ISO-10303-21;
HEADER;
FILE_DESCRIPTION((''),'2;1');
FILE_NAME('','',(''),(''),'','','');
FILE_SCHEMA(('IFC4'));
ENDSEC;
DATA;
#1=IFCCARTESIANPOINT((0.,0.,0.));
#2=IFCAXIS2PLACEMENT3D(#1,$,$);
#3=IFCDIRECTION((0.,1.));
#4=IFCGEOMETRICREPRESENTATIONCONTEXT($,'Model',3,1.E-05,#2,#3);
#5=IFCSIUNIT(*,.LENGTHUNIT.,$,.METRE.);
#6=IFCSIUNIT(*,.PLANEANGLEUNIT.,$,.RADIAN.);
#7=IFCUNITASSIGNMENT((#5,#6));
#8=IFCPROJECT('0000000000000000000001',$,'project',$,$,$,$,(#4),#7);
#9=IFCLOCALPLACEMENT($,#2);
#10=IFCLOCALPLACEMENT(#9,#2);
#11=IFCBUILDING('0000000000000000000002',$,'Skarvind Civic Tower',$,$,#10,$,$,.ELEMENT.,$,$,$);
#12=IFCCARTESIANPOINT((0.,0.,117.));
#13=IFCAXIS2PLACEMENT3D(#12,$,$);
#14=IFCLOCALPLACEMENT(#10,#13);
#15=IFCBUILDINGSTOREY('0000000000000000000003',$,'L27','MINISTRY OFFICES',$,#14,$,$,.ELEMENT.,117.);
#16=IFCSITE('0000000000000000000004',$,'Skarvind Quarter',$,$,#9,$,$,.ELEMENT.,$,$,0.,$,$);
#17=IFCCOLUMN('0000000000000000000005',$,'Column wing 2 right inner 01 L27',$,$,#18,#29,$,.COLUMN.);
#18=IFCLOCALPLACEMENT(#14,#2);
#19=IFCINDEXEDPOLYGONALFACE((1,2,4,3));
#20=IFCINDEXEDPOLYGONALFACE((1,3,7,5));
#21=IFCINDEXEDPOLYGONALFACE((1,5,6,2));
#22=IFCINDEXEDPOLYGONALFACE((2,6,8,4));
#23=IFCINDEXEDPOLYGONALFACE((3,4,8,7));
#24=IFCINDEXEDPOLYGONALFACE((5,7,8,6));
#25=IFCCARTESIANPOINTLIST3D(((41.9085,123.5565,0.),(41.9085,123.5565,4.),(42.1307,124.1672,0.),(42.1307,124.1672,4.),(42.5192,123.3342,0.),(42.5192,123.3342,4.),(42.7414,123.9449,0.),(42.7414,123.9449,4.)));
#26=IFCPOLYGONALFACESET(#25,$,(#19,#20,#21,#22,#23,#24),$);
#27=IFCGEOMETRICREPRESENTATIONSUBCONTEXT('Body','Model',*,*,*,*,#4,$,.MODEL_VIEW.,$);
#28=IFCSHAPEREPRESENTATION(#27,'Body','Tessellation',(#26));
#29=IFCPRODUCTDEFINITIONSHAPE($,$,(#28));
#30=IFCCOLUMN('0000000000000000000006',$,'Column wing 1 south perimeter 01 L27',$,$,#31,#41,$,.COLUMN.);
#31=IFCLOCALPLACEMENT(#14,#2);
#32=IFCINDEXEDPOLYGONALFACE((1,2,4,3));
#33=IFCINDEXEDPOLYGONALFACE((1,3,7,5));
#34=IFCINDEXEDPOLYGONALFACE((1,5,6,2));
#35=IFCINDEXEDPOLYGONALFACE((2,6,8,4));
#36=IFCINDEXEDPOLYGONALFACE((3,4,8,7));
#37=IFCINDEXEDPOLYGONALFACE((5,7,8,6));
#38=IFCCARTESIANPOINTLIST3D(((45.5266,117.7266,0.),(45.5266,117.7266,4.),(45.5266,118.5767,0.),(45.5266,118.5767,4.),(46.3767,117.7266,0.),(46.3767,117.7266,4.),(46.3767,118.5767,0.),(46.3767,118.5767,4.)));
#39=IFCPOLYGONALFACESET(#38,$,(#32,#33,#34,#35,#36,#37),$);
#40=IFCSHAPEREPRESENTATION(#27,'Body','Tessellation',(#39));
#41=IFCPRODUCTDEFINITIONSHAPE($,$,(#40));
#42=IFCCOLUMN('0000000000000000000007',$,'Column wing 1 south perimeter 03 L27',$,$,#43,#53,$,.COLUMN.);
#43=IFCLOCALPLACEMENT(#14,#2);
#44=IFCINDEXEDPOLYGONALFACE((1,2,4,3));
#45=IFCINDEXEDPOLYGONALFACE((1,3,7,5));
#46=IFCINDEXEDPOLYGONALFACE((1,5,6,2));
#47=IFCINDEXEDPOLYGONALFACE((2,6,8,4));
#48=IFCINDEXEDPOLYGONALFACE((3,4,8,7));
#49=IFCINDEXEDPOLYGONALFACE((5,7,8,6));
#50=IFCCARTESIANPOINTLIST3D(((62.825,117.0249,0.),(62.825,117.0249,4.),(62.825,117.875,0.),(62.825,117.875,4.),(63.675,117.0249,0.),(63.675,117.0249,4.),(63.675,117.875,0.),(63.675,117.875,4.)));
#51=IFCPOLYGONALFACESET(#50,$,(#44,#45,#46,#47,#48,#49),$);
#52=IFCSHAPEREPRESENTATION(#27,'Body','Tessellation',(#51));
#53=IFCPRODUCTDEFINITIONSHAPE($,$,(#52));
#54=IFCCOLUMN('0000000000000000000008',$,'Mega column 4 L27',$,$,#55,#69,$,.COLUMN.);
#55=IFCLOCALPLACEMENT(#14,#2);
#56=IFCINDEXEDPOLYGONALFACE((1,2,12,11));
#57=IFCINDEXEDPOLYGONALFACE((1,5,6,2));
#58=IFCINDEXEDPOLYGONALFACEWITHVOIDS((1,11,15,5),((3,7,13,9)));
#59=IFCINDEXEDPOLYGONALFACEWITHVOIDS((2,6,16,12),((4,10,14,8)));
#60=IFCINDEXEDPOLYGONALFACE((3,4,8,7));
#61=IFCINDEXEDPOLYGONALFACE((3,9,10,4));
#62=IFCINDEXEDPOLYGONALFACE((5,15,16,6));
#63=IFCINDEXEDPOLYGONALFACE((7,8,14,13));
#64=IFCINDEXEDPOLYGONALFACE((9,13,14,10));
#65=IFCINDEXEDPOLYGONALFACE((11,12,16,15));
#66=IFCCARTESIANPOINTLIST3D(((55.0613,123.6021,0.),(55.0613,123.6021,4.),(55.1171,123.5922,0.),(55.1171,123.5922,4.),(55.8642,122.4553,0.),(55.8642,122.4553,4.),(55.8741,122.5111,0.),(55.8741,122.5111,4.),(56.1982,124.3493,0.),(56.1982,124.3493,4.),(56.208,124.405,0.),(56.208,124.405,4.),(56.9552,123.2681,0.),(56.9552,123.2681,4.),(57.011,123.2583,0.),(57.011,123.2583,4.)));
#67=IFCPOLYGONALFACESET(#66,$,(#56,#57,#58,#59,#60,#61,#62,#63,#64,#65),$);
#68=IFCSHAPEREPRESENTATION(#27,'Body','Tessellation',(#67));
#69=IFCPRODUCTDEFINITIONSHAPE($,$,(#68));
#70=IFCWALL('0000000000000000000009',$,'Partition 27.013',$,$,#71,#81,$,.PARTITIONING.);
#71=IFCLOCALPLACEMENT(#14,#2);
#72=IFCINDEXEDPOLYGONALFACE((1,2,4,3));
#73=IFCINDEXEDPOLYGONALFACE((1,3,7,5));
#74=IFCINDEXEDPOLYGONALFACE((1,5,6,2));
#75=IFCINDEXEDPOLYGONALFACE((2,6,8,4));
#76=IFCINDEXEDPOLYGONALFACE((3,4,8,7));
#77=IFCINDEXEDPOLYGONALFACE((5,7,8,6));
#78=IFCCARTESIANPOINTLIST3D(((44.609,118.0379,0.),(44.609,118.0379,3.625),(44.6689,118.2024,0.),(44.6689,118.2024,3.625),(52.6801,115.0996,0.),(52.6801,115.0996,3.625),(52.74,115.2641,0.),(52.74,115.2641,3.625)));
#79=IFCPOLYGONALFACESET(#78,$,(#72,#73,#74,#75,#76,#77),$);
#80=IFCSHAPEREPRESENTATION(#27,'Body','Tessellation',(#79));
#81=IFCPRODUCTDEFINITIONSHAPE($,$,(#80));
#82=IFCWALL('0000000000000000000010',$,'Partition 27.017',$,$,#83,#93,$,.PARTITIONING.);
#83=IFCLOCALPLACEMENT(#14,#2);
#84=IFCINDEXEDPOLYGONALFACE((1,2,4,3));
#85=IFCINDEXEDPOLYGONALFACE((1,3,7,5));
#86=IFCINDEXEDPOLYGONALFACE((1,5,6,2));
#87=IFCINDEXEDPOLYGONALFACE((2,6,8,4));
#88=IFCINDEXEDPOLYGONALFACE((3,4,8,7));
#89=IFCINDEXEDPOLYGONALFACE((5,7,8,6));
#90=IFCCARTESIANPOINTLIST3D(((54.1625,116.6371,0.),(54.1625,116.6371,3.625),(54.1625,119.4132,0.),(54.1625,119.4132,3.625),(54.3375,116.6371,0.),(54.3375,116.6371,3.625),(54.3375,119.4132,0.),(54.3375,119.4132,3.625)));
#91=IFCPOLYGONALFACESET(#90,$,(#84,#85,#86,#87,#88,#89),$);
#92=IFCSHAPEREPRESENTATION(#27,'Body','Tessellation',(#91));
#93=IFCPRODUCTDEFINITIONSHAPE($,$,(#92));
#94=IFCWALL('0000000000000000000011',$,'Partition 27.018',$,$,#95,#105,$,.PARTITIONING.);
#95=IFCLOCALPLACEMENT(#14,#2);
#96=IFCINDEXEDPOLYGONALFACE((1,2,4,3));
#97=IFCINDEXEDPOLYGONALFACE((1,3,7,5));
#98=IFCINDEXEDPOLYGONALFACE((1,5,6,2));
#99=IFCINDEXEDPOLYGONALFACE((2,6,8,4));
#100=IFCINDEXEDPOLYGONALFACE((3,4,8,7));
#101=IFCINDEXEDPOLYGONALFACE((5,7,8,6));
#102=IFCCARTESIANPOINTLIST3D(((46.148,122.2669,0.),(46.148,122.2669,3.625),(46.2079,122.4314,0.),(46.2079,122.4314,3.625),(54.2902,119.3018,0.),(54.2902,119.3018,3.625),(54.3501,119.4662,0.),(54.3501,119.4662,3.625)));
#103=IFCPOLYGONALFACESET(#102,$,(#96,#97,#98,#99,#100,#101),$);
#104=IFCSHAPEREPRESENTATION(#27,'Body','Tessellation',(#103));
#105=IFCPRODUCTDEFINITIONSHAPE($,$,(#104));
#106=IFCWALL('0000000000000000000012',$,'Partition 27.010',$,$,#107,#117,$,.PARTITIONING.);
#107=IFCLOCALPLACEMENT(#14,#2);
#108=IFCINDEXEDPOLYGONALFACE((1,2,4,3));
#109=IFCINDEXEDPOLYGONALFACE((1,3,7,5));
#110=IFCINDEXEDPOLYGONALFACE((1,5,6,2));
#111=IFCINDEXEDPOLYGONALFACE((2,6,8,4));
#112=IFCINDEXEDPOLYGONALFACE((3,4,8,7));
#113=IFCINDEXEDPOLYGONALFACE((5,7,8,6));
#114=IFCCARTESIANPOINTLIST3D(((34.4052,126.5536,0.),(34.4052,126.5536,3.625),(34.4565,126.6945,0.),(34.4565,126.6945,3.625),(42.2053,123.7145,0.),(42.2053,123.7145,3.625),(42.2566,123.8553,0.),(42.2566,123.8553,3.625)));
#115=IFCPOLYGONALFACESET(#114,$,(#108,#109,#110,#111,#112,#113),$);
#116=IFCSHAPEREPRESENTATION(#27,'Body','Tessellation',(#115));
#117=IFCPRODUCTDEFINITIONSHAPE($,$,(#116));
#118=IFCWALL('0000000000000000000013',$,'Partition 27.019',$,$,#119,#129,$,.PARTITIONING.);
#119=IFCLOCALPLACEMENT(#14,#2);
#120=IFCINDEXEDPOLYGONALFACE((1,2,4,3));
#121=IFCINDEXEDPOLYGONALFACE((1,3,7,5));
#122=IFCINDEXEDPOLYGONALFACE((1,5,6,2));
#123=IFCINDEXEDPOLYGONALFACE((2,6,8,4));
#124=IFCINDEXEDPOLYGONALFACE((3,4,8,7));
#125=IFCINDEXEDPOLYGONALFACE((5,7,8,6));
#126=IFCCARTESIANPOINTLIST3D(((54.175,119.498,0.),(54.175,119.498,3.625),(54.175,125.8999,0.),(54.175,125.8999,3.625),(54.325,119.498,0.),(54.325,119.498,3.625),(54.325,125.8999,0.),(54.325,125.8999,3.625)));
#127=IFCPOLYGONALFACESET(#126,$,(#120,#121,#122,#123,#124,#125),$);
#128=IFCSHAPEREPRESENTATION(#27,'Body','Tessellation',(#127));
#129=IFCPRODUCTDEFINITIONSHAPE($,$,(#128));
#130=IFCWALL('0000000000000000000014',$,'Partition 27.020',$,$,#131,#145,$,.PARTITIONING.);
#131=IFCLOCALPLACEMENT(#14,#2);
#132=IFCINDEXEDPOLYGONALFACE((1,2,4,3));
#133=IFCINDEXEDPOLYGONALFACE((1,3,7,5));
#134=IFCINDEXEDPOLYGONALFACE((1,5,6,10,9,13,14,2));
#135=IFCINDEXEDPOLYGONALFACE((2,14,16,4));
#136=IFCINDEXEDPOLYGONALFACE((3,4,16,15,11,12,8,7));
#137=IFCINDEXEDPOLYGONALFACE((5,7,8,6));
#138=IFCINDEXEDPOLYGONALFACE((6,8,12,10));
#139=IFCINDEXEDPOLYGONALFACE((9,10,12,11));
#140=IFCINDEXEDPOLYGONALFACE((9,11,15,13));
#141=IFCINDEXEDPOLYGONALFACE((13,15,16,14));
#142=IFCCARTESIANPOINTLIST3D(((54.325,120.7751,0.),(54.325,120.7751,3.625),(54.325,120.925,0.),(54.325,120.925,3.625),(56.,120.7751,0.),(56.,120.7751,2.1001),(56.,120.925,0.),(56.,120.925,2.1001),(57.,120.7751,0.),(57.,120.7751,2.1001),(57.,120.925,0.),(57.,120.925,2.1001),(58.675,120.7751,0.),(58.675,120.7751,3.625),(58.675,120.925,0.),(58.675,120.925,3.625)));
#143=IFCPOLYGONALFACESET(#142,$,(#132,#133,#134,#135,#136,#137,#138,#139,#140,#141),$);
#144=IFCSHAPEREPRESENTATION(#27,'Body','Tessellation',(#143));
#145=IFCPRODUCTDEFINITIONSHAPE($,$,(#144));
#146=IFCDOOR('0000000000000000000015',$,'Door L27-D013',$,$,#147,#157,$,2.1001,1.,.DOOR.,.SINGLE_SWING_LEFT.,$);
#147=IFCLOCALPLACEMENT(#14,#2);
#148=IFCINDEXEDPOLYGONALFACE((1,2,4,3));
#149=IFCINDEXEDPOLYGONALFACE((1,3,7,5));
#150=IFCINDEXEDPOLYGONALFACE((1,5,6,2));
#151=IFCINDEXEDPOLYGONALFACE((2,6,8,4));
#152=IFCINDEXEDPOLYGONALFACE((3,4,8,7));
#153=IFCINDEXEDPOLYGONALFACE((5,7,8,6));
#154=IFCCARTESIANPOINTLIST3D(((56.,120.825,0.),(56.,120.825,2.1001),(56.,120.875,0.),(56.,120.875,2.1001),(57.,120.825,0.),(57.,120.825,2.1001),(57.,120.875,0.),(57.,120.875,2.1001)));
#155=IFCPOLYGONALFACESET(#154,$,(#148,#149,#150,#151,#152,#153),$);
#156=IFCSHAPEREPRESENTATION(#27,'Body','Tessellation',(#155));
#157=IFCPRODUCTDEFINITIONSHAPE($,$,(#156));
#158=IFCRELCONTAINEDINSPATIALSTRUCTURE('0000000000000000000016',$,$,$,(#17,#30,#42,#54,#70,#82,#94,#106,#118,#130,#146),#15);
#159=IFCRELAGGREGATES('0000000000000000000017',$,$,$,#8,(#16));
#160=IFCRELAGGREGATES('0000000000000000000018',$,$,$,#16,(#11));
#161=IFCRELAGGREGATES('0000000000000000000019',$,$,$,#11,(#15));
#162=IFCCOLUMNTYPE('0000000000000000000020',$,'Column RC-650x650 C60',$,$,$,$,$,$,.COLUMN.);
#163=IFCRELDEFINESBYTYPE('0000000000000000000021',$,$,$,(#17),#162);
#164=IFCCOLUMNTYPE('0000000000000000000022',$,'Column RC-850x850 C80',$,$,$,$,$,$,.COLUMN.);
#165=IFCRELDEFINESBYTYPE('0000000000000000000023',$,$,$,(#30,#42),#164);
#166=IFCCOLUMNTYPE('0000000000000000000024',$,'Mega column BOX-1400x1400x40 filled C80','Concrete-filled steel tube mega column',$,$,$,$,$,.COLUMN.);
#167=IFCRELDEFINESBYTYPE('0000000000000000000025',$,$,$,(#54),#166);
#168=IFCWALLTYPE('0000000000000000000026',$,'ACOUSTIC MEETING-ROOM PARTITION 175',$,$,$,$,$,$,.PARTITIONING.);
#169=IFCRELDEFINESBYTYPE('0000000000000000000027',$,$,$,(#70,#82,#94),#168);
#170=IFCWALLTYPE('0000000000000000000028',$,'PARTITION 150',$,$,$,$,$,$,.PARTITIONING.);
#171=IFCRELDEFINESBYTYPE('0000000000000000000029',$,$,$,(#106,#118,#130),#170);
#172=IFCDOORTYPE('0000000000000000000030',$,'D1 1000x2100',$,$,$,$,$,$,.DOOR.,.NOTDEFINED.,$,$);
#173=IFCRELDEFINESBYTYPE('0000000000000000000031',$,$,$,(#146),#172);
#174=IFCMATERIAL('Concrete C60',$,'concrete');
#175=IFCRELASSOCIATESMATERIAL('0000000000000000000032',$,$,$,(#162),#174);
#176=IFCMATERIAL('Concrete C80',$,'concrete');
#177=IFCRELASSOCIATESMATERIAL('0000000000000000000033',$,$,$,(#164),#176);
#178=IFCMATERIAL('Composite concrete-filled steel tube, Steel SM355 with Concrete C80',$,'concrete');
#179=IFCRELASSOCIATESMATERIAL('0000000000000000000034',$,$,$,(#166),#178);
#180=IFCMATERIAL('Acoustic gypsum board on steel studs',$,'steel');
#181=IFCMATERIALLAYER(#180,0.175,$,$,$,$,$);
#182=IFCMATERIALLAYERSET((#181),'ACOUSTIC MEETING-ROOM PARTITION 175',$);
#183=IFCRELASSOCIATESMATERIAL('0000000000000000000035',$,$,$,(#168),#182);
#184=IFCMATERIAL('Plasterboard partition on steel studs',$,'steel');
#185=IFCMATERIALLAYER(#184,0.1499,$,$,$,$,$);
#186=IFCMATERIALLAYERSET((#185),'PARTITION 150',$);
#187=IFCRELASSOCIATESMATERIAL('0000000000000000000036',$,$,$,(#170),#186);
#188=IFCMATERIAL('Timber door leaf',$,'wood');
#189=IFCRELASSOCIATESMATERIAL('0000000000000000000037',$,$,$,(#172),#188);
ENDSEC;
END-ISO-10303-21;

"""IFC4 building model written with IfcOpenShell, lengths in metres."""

from ifc_helpers import new_model, si_unit, direction, frame, frame_2d, origin, origin_2d, place, context, subcontext, project, spatial, rectangle, hollow_rectangle, extrude, material, layer, layer_set, material_profile, profile_set, type_object, element, fill, save


model = new_model("IFC4")

# Units and contexts
model_context = context("Model", 3, precision=1e-05, world=origin(), true_north=direction((0.0, 1.0)))
body_context = subcontext(model_context, "Body", "Model", "MODEL_VIEW")
ifc_project = project(units=[si_unit("LENGTHUNIT", "METRE"), si_unit("PLANEANGLEUNIT", "RADIAN")], contexts=[model_context])

# Site, building, storey
site_placement = place(None, origin())
site = spatial("IfcSite", under=ifc_project, at=site_placement, Name="Skarvind Quarter", CompositionType="ELEMENT", RefElevation=0.0)
building_placement = place(site_placement, origin())
building = spatial("IfcBuilding", under=site, at=building_placement, Name="Skarvind Civic Tower", CompositionType="ELEMENT")
storey_placement = place(building_placement, frame((0.0, 0.0, 117.0)))
storey = spatial("IfcBuildingStorey", under=building, at=storey_placement, Name="L27", Description="MINISTRY OFFICES", CompositionType="ELEMENT", Elevation=117.0)

# Columns
ifc_material_1 = material(Name="Concrete C60", Category="concrete")
ifc_material_profile_1 = material_profile(ifc_material_1, rectangle(XDim=0.6499, YDim=0.6499, at=origin_2d()), Name="RC-650x650")
ifc_profile_set_1 = profile_set([ifc_material_profile_1], Name="Concrete C60")
column_type_1 = type_object("IfcColumnType", Name="Column RC-650x650 C60", PredefinedType="COLUMN", material=ifc_profile_set_1)
column_1_placement = place(storey_placement, frame((42.325, 123.7507, 0.0), z_axis=(0.0, 0.0, 1.0), x_axis=(-0.34202, -0.939693, 0.0)))
element("IfcColumn", 1, at=column_1_placement, inside=storey, type_object=column_type_1, Name="Column wing 2 right inner 01 L27", PredefinedType="COLUMN", context=body_context, shape_type="SweptSolid", body=[
    extrude(rectangle(XDim=0.6499, YDim=0.6499, at=origin_2d()), origin(), (0.0, 0.0, 1.0), 4.0),
])
ifc_material_2 = material(Name="Concrete C80", Category="concrete")
ifc_material_profile_2 = material_profile(ifc_material_2, rectangle(XDim=0.8501, YDim=0.8501, at=origin_2d()), Name="RC-850x850")
ifc_profile_set_2 = profile_set([ifc_material_profile_2], Name="Concrete C80")
column_type_2 = type_object("IfcColumnType", Name="Column RC-850x850 C80", PredefinedType="COLUMN", material=ifc_profile_set_2)
for number, where, z_axis, x_axis, name in (
    (2, (45.9517, 118.1516, 0.0), (0.0, 0.0, 1.0), (1.0, 0.0, 0.0), "Column wing 1 south perimeter 01 L27"),
    (3, (63.25, 117.45, 0.0), (0.0, 0.0, 1.0), (1.0, 0.0, 0.0), "Column wing 1 south perimeter 03 L27"),
):
    element("IfcColumn", number, at=place(storey_placement, frame(where, z_axis=z_axis, x_axis=x_axis)), inside=storey, type_object=column_type_2, Name=name, PredefinedType="COLUMN", context=body_context, shape_type="SweptSolid", body=[
        extrude(rectangle(XDim=0.8501, YDim=0.8501, at=origin_2d()), origin(), (0.0, 0.0, 1.0), 4.0),
    ])
ifc_material_3 = material(Name="Composite concrete-filled steel tube, Steel SM355 with Concrete C80", Category="concrete")
ifc_material_profile_3 = material_profile(ifc_material_3, hollow_rectangle(XDim=1.3999, YDim=1.3999, WallThickness=0.04, at=origin_2d()), Name="BOX-1400x1400x40")
ifc_profile_set_3 = profile_set([ifc_material_profile_3], Name="Composite concrete-filled steel tube, Steel SM355 with Concrete C80")
column_type_3 = type_object("IfcColumnType", Name="Mega column BOX-1400x1400x40 filled C80", Description="Concrete-filled steel tube mega column", PredefinedType="COLUMN", material=ifc_profile_set_3)
column_2_placement = place(storey_placement, frame((56.0361, 123.4302, 0.0), z_axis=(0.0, 0.0, 1.0), x_axis=(0.573576, -0.819152, 0.0)))
element("IfcColumn", 4, at=column_2_placement, inside=storey, type_object=column_type_3, Name="Mega column 4 L27", PredefinedType="COLUMN", context=body_context, shape_type="SweptSolid", body=[
    extrude(hollow_rectangle(XDim=1.3999, YDim=1.3999, WallThickness=0.04, at=origin_2d()), origin(), (0.0, 0.0, 1.0), 4.0),
])

# Walls
ifc_material_4 = material(Name="Acoustic gypsum board on steel studs", Category="steel")
ifc_layer_1 = layer(ifc_material_4, 0.175)
ifc_layer_set_1 = layer_set([ifc_layer_1], Name="ACOUSTIC MEETING-ROOM PARTITION 175")
wall_type_1 = type_object("IfcWallType", Name="ACOUSTIC MEETING-ROOM PARTITION 175", PredefinedType="PARTITIONING", material=ifc_layer_set_1)
wall_1_placement = place(storey_placement, frame((44.6389, 118.1201, 0.0), z_axis=(0.0, 0.0, 1.0), x_axis=(0.93967, -0.342083, 0.0)))
element("IfcWall", 5, at=wall_1_placement, inside=storey, type_object=wall_type_1, Name="Partition 27.013", PredefinedType="PARTITIONING", context=body_context, shape_type="SweptSolid", body=[
    extrude(rectangle(XDim=8.5894, YDim=0.175, at=frame_2d((4.2947, 0.0))), origin(), (0.0, 0.0, 1.0), 3.625),
])
wall_2_placement = place(storey_placement, frame((54.25, 116.637, 0.0), z_axis=(0.0, 0.0, 1.0), x_axis=(0.0, 1.0, 0.0)))
element("IfcWall", 6, at=wall_2_placement, inside=storey, type_object=wall_type_1, Name="Partition 27.017", PredefinedType="PARTITIONING", context=body_context, shape_type="SweptSolid", body=[
    extrude(rectangle(XDim=2.7761, YDim=0.175, at=frame_2d((1.3882, 0.0))), origin(), (0.0, 0.0, 1.0), 3.625),
])
wall_3_placement = place(storey_placement, frame((54.3201, 119.384, 0.0), z_axis=(0.0, 0.0, 1.0), x_axis=(-0.939633, 0.342184, 0.0)))
element("IfcWall", 7, at=wall_3_placement, inside=storey, type_object=wall_type_1, Name="Partition 27.018", PredefinedType="PARTITIONING", context=body_context, shape_type="SweptSolid", body=[
    extrude(rectangle(XDim=8.6653, YDim=0.175, at=frame_2d((4.3325, 0.0))), origin(), (0.0, 0.0, 1.0), 3.625),
])
ifc_material_5 = material(Name="Plasterboard partition on steel studs", Category="steel")
ifc_layer_2 = layer(ifc_material_5, 0.1499)
ifc_layer_set_2 = layer_set([ifc_layer_2], Name="PARTITION 150")
wall_type_2 = type_object("IfcWallType", Name="PARTITION 150", PredefinedType="PARTITIONING", material=ifc_layer_set_2)
wall_4_placement = place(storey_placement, frame((42.231, 123.7849, 0.0), z_axis=(0.0, 0.0, 1.0), x_axis=(-0.939688, 0.342034, 0.0)))
element("IfcWall", 8, at=wall_4_placement, inside=storey, type_object=wall_type_2, Name="Partition 27.010", PredefinedType="PARTITIONING", context=body_context, shape_type="SweptSolid", body=[
    extrude(rectangle(XDim=8.3008, YDim=0.1499, at=frame_2d((4.1504, 0.0))), origin(), (0.0, 0.0, 1.0), 3.625),
])
wall_5_placement = place(storey_placement, frame((54.25, 119.498, 0.0), z_axis=(0.0, 0.0, 1.0), x_axis=(0.0, 1.0, 0.0)))
element("IfcWall", 9, at=wall_5_placement, inside=storey, type_object=wall_type_2, Name="Partition 27.019", PredefinedType="PARTITIONING", context=body_context, shape_type="SweptSolid", body=[
    extrude(rectangle(XDim=6.4019, YDim=0.1499, at=frame_2d((3.2009, 0.0))), origin(), (0.0, 0.0, 1.0), 3.625),
])

# Wall, opening, door
wall_6_placement = place(storey_placement, frame((54.325, 120.8501, 0.0), z_axis=(0.0, 0.0, 1.0), x_axis=(1.0, 0.0, 0.0)))
wall_6 = element("IfcWall", 10, at=wall_6_placement, inside=storey, type_object=wall_type_2, Name="Partition 27.020", PredefinedType="PARTITIONING", context=body_context, shape_type="SweptSolid", body=[
    extrude(rectangle(XDim=4.3501, YDim=0.1499, at=frame_2d((2.175, 0.0))), origin(), (0.0, 0.0, 1.0), 3.625),
])
opening_1_placement = place(wall_6_placement, frame((1.675, 0.0, 0.0)))
opening_1 = element("IfcOpeningElement", 11, at=opening_1_placement, cuts=wall_6, PredefinedType="OPENING", context=body_context, shape_type="SweptSolid", body=[
    extrude(rectangle(XDim=1.0, YDim=2.1001, at=frame_2d((0.5, 1.05))), frame((0.0, 0.085, 0.0), z_axis=(0.0, -1.0, 0.0), x_axis=(1.0, 0.0, 0.0)), (0.0, 0.0, 1.0), 0.1699),
])
ifc_material_6 = material(Name="Timber door leaf", Category="wood")
door_type_1 = type_object("IfcDoorType", Name="D1 1000x2100", OperationType="NOTDEFINED", PredefinedType="DOOR", material=ifc_material_6)
door_1_placement = place(opening_1_placement, origin())
door_1 = element("IfcDoor", 12, at=door_1_placement, inside=storey, type_object=door_type_1, Name="Door L27-D013", OperationType="SINGLE_SWING_LEFT", OverallHeight=2.1001, OverallWidth=1.0, PredefinedType="DOOR", context=body_context, shape_type="SweptSolid", body=[
    extrude(rectangle(XDim=1.0, YDim=2.1001, at=frame_2d((0.5, 1.05))), frame((0.0, 0.0249, 0.0), z_axis=(0.0, -1.0, 0.0), x_axis=(1.0, 0.0, 0.0)), (0.0, 0.0, 1.0), 0.05),
])
fill(opening_1, door_1)

save(model, "model.ifc")
